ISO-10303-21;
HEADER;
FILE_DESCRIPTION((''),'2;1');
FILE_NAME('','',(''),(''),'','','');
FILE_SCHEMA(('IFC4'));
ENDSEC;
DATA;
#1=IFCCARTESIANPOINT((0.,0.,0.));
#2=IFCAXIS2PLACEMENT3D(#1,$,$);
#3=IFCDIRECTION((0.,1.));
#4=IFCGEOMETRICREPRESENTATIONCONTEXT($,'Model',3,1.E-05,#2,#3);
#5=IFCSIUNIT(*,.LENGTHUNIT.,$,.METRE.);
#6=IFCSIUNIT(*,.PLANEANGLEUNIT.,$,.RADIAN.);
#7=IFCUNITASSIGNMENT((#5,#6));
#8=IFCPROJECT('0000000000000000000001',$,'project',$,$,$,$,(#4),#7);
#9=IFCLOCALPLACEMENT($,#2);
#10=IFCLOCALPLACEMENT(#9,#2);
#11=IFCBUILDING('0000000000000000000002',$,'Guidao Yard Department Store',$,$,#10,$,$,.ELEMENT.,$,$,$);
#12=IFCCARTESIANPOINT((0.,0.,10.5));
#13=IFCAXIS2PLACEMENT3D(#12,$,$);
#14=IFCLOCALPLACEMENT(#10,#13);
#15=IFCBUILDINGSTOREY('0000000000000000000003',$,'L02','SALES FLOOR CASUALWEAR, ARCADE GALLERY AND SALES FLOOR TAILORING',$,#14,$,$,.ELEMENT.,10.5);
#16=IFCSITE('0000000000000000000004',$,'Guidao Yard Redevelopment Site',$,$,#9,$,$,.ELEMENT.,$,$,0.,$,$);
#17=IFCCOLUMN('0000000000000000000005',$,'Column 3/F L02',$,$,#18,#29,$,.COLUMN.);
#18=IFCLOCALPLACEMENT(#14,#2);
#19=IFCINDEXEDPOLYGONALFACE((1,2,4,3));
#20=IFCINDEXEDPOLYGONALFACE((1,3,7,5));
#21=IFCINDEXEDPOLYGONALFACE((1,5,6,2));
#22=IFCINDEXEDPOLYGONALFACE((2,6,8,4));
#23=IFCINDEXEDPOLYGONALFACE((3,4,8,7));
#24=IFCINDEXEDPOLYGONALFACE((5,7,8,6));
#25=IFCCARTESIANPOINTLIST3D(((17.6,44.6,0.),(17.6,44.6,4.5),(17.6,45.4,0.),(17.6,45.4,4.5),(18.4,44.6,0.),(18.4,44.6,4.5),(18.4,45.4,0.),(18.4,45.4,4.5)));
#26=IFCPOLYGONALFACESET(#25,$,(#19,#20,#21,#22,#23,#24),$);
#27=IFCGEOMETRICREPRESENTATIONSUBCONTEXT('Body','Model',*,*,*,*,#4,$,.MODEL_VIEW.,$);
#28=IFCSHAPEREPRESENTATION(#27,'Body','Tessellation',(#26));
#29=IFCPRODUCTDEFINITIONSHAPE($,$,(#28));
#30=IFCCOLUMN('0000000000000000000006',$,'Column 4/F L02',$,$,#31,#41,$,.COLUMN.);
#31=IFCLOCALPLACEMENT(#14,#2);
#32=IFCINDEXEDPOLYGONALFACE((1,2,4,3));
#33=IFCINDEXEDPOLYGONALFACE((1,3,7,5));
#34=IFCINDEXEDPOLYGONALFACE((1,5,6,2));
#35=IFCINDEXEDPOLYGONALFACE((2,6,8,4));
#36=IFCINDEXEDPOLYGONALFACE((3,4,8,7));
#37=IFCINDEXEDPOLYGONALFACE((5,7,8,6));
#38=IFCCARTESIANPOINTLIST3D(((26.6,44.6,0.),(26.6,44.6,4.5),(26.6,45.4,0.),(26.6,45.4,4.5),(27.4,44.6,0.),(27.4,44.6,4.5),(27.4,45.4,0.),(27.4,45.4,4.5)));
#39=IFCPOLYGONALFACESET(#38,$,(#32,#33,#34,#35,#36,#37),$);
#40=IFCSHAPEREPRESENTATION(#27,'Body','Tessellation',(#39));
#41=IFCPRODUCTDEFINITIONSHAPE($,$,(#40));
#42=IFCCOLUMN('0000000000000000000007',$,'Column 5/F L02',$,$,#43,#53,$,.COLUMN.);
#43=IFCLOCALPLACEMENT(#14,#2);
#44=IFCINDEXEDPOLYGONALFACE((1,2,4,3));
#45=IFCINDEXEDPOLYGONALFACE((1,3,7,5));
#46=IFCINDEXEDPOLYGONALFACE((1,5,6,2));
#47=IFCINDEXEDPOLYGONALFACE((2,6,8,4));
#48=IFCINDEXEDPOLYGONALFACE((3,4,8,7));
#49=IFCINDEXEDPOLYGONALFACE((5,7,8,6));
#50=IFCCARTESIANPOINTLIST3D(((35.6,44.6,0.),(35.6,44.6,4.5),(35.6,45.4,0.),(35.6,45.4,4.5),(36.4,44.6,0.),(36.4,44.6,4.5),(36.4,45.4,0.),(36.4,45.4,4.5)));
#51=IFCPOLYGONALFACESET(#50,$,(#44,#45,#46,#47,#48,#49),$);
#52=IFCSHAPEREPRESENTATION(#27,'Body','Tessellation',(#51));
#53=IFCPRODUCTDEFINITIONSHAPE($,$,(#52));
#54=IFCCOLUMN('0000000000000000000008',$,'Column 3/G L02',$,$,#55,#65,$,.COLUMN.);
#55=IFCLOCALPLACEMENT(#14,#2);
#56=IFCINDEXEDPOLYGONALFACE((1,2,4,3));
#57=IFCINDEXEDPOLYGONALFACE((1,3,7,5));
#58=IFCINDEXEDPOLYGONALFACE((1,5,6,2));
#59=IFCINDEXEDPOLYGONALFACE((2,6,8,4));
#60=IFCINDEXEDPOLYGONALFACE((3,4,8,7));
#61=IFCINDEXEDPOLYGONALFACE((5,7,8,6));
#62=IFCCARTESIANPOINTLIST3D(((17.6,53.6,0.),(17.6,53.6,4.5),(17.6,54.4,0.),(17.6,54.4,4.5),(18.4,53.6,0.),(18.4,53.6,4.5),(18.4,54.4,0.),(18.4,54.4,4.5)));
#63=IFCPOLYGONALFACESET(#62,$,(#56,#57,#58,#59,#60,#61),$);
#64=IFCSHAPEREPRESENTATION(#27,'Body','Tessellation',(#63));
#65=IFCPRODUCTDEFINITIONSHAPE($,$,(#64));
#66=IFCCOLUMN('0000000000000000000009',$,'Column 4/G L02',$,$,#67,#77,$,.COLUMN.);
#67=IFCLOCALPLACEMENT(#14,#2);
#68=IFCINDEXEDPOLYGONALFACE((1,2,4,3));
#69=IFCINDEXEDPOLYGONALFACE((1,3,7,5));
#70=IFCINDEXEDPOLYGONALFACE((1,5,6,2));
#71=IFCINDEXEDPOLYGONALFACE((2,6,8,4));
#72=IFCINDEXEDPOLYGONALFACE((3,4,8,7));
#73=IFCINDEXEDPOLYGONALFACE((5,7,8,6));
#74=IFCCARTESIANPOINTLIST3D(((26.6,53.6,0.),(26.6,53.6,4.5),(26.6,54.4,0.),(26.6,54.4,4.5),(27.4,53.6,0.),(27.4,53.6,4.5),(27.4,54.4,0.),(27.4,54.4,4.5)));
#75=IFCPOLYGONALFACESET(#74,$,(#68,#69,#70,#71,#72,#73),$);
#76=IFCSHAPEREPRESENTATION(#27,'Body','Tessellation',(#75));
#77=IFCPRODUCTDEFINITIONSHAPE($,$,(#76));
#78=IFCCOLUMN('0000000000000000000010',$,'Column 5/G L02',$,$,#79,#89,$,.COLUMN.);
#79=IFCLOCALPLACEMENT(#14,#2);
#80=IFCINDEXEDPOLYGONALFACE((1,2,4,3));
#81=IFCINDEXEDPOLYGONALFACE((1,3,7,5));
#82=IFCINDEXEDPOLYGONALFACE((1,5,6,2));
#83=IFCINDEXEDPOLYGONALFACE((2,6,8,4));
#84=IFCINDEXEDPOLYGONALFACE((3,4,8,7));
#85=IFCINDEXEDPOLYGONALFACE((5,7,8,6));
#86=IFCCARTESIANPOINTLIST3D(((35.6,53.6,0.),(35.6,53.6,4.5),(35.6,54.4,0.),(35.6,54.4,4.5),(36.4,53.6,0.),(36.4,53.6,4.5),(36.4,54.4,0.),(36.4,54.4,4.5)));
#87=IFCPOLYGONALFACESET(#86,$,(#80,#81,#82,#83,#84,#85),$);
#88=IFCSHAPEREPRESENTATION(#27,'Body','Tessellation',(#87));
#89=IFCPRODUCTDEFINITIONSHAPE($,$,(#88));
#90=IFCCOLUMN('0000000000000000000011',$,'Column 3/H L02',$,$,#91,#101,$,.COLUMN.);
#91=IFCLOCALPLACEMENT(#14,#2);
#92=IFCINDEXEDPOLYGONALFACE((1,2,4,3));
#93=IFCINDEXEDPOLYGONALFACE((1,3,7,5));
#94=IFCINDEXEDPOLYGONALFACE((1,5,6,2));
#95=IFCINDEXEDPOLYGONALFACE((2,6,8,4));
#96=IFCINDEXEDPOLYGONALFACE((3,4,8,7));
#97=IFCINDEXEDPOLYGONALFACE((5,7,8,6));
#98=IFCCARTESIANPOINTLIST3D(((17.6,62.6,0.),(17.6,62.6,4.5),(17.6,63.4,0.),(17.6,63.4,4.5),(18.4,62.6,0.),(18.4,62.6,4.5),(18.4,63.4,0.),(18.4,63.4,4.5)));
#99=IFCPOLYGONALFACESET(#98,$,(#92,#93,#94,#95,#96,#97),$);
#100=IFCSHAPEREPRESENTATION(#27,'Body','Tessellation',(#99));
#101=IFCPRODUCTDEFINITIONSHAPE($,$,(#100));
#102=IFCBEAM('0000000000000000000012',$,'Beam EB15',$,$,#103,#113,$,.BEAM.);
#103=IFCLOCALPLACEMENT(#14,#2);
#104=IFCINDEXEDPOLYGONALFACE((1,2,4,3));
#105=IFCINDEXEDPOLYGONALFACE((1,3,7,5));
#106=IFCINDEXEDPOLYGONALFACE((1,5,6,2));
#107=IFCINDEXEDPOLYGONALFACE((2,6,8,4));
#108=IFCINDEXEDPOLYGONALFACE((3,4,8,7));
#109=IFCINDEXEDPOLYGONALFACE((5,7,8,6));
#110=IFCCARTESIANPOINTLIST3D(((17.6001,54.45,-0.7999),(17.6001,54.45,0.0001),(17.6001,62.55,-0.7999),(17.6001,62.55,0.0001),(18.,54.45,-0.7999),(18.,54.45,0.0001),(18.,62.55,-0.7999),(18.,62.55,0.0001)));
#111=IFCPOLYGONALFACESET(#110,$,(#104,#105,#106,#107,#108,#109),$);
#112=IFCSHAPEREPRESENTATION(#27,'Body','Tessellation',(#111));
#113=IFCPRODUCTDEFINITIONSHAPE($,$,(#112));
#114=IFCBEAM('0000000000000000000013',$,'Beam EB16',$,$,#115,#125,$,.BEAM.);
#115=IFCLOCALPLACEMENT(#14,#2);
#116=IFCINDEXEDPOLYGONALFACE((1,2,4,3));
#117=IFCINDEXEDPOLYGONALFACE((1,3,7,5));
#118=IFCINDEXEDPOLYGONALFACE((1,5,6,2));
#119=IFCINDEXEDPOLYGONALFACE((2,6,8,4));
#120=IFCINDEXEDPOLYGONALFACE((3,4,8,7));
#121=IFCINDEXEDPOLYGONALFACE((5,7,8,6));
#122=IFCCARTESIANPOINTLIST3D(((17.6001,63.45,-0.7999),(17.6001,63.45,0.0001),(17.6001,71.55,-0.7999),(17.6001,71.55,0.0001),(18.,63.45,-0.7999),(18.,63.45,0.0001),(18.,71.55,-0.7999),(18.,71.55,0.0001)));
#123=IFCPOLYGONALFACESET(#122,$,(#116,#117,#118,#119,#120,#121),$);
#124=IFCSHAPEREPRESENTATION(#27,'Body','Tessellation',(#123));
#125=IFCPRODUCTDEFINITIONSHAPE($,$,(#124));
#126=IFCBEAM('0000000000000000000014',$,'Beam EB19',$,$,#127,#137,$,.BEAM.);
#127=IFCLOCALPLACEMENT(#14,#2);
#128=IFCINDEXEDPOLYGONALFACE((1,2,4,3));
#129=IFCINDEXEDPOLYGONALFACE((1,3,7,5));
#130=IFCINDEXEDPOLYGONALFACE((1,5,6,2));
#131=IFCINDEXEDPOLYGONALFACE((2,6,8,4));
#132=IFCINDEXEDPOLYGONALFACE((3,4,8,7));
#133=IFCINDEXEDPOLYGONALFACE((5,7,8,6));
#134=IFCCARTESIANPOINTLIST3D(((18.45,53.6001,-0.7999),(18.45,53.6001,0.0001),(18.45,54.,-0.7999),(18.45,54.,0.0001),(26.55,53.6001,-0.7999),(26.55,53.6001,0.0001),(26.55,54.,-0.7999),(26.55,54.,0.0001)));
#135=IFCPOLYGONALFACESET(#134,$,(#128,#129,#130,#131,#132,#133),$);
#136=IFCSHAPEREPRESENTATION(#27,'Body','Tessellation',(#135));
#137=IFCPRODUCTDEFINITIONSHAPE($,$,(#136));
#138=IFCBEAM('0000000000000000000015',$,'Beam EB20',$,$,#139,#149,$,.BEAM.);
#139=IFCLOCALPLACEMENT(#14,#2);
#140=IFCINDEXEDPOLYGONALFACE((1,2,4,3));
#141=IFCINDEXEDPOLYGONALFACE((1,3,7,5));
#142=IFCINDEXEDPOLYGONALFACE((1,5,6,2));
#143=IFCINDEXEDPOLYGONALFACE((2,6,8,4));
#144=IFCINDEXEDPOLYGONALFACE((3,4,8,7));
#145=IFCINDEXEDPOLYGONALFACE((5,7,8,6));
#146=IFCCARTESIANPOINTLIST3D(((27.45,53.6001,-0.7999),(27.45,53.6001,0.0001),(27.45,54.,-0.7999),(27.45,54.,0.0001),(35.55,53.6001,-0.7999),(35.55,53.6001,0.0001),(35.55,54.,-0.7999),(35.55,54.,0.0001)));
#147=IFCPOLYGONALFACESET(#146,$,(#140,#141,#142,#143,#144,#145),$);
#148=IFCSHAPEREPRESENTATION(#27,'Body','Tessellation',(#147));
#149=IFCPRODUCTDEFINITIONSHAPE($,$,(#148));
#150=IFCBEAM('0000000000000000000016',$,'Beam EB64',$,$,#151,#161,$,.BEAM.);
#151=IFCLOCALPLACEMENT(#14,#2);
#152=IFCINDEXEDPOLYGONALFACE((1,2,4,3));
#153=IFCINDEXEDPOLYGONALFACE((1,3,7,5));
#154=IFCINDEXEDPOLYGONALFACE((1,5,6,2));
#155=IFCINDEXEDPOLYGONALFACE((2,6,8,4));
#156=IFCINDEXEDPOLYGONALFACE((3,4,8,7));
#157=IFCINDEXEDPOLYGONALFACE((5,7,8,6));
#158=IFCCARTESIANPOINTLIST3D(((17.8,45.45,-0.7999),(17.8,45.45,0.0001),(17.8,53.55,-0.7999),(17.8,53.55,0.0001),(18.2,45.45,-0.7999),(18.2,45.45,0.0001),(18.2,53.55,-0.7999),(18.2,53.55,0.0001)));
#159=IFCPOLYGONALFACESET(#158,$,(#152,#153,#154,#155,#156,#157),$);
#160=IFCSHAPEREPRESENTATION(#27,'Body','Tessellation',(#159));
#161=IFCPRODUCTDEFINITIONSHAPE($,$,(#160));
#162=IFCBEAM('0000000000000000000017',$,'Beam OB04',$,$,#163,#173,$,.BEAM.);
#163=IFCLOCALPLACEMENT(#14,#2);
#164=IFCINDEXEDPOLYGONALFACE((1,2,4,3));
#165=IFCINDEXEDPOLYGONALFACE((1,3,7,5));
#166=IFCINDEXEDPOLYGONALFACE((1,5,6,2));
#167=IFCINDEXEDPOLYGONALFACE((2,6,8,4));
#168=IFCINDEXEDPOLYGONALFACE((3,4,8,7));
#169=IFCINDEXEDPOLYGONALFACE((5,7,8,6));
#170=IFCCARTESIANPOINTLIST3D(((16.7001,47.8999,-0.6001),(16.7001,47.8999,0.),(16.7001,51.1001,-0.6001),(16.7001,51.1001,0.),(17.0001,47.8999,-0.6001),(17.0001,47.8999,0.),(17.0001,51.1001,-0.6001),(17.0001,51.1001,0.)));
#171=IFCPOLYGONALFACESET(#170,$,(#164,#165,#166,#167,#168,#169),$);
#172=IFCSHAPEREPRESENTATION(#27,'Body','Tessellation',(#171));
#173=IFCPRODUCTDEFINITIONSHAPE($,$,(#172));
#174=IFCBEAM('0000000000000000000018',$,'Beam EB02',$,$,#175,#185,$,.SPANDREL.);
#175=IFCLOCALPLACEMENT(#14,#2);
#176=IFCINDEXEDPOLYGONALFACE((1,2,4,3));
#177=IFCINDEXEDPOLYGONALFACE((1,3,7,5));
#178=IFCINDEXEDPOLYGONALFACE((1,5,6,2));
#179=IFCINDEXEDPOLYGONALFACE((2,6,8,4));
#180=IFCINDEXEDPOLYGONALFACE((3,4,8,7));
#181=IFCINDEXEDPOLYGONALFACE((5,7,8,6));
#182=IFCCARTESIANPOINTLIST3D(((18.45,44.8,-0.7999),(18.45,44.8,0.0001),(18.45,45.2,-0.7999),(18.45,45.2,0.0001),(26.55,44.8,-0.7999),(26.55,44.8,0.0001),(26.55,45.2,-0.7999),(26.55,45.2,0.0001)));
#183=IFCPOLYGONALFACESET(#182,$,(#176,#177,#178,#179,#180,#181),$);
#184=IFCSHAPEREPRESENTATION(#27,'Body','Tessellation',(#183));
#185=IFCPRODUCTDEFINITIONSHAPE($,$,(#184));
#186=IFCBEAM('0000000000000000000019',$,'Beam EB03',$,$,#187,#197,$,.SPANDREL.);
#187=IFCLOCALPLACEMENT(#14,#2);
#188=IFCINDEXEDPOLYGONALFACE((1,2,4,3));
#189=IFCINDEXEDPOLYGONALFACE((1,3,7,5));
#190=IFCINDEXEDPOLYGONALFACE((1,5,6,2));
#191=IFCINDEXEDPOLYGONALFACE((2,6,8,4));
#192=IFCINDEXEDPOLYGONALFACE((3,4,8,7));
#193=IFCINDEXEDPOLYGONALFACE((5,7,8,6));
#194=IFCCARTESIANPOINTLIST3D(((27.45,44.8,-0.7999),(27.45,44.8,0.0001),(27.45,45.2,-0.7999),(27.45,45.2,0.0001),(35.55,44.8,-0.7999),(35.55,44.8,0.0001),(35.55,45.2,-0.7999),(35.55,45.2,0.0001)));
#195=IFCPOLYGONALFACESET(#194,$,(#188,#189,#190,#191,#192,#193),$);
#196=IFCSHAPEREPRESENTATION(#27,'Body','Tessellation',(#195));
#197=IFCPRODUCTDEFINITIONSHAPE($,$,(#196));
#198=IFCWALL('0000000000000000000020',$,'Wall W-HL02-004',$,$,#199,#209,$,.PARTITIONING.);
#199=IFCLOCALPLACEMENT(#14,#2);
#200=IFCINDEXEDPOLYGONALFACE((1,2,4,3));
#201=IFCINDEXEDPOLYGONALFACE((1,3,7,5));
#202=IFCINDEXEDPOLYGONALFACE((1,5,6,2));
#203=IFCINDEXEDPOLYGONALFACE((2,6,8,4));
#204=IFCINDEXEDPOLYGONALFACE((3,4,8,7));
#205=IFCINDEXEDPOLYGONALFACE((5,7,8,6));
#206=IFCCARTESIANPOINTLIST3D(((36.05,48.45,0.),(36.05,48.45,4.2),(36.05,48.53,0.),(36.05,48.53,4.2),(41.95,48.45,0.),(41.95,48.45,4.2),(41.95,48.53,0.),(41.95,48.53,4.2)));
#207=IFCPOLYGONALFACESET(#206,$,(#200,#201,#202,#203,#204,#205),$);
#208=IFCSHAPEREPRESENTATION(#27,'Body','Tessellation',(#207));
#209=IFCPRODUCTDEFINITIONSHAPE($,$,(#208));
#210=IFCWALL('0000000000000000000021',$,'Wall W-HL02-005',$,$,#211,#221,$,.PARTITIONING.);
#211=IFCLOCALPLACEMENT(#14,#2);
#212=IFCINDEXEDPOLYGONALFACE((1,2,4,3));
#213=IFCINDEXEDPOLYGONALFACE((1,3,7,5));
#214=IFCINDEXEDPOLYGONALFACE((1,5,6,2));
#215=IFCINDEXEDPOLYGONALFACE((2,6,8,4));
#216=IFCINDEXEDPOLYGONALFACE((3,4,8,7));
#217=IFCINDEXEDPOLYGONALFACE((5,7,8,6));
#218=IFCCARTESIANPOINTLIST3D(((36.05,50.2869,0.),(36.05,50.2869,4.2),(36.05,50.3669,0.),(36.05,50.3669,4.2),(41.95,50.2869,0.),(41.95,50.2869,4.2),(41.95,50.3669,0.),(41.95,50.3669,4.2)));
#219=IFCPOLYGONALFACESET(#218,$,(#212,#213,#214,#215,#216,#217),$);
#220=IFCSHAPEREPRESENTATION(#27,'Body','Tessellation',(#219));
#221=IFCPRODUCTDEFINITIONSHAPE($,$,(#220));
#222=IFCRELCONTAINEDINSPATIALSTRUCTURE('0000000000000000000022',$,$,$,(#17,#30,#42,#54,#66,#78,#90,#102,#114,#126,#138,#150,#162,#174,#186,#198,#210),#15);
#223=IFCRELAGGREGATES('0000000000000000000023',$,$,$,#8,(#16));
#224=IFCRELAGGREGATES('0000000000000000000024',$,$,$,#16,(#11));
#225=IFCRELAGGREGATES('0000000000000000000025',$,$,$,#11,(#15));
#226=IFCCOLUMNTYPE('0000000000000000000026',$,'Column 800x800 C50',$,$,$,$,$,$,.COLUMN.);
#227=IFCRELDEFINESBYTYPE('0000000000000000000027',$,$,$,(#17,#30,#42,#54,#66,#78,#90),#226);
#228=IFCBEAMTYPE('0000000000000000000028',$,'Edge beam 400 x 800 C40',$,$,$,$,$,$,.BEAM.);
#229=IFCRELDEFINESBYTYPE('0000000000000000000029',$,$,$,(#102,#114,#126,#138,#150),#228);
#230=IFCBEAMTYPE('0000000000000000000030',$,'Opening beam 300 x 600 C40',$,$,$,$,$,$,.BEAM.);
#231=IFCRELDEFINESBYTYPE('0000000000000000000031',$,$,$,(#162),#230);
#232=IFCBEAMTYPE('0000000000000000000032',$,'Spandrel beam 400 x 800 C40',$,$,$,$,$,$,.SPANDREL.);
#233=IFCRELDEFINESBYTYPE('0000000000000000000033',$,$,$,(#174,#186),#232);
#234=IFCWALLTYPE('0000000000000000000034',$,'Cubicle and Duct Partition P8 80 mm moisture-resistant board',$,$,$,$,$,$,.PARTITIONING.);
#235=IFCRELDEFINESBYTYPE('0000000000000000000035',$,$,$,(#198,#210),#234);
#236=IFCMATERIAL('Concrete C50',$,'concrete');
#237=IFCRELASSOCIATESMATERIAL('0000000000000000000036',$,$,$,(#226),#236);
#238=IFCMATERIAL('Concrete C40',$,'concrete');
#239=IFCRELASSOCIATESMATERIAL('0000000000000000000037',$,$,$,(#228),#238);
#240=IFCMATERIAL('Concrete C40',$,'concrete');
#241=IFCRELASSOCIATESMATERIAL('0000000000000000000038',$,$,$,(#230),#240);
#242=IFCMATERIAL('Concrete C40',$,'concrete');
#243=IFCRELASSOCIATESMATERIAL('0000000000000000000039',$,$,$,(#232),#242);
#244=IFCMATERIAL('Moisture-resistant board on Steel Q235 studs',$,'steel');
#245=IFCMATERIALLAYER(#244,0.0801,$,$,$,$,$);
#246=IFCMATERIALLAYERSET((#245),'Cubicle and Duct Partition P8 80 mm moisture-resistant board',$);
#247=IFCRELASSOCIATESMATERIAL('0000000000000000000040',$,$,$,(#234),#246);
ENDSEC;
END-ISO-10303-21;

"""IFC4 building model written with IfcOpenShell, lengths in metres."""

from ifc_helpers import new_model, si_unit, direction, frame, frame_2d, origin, origin_2d, place, context, subcontext, project, spatial, rectangle, extrude, material, layer, layer_set, material_profile, profile_set, type_object, element, save


model = new_model("IFC4")

# Units and contexts
model_context = context("Model", 3, precision=1e-05, world=origin(), true_north=direction((0.0, 1.0)))
body_context = subcontext(model_context, "Body", "Model", "MODEL_VIEW")
ifc_project = project(units=[si_unit("LENGTHUNIT", "METRE"), si_unit("PLANEANGLEUNIT", "RADIAN")], contexts=[model_context])

# Site, building, storey
site_placement = place(None, origin())
site = spatial("IfcSite", under=ifc_project, at=site_placement, Name="Guidao Yard Redevelopment Site", CompositionType="ELEMENT", RefElevation=0.0)
building_placement = place(site_placement, origin())
building = spatial("IfcBuilding", under=site, at=building_placement, Name="Guidao Yard Department Store", CompositionType="ELEMENT")
storey_placement = place(building_placement, frame((0.0, 0.0, 10.5)))
storey = spatial("IfcBuildingStorey", under=building, at=storey_placement, Name="L02", Description="SALES FLOOR CASUALWEAR, ARCADE GALLERY AND SALES FLOOR TAILORING", CompositionType="ELEMENT", Elevation=10.5)

# Columns
ifc_material_1 = material(Name="Concrete C50", Category="concrete")
ifc_material_profile_1 = material_profile(ifc_material_1, rectangle(XDim=0.8, YDim=0.8, at=origin_2d()), Name="COL 800x800")
ifc_profile_set_1 = profile_set([ifc_material_profile_1], Name="Concrete C50")
column_type = type_object("IfcColumnType", Name="Column 800x800 C50", PredefinedType="COLUMN", material=ifc_profile_set_1)
for number, where, z_axis, x_axis, name in (
    (1, (18.0, 45.0, 0.0), (0.0, 0.0, 1.0), (1.0, 0.0, 0.0), "Column 3/F L02"),
    (2, (27.0, 45.0, 0.0), (0.0, 0.0, 1.0), (1.0, 0.0, 0.0), "Column 4/F L02"),
    (3, (36.0, 45.0, 0.0), (0.0, 0.0, 1.0), (1.0, 0.0, 0.0), "Column 5/F L02"),
    (4, (18.0, 54.0, 0.0), (0.0, 0.0, 1.0), (1.0, 0.0, 0.0), "Column 3/G L02"),
    (5, (27.0, 54.0, 0.0), (0.0, 0.0, 1.0), (1.0, 0.0, 0.0), "Column 4/G L02"),
    (6, (36.0, 54.0, 0.0), (0.0, 0.0, 1.0), (1.0, 0.0, 0.0), "Column 5/G L02"),
    (7, (18.0, 63.0, 0.0), (0.0, 0.0, 1.0), (1.0, 0.0, 0.0), "Column 3/H L02"),
):
    element("IfcColumn", number, at=place(storey_placement, frame(where, z_axis=z_axis, x_axis=x_axis)), inside=storey, type_object=column_type, Name=name, PredefinedType="COLUMN", context=body_context, shape_type="SweptSolid", body=[
        extrude(rectangle(XDim=0.8, YDim=0.8, at=origin_2d()), origin(), (0.0, 0.0, 1.0), 4.5),
    ])

# Beams
ifc_material_2 = material(Name="Concrete C40", Category="concrete")
ifc_material_profile_2 = material_profile(ifc_material_2, rectangle(XDim=0.3999, YDim=0.8, at=origin_2d()), Name="Edge beam 400 x 800 C40")
ifc_profile_set_2 = profile_set([ifc_material_profile_2], Name="Concrete C40")
beam_type_1 = type_object("IfcBeamType", Name="Edge beam 400 x 800 C40", PredefinedType="BEAM", material=ifc_profile_set_2)
for number, where, z_axis, x_axis, name in (
    (8, (17.8, 54.45, -0.3999), (0.0, 1.0, 0.0), (-1.0, 0.0, 0.0), "Beam EB15"),
    (9, (17.8, 63.45, -0.3999), (0.0, 1.0, 0.0), (-1.0, 0.0, 0.0), "Beam EB16"),
    (10, (18.45, 53.8, -0.3999), (1.0, 0.0, 0.0), (0.0, 1.0, 0.0), "Beam EB19"),
    (11, (27.45, 53.8, -0.3999), (1.0, 0.0, 0.0), (0.0, 1.0, 0.0), "Beam EB20"),
    (12, (18.0, 45.45, -0.3999), (0.0, 1.0, 0.0), (-1.0, 0.0, 0.0), "Beam EB64"),
):
    element("IfcBeam", number, at=place(storey_placement, frame(where, z_axis=z_axis, x_axis=x_axis)), inside=storey, type_object=beam_type_1, Name=name, PredefinedType="BEAM", context=body_context, shape_type="SweptSolid", body=[
        extrude(rectangle(XDim=0.3999, YDim=0.8, at=origin_2d()), origin(), (0.0, 0.0, 1.0), 8.1001),
    ])
ifc_material_3 = material(Name="Concrete C40", Category="concrete")
ifc_material_profile_3 = material_profile(ifc_material_3, rectangle(XDim=0.3, YDim=0.6001, at=origin_2d()), Name="Opening beam 300 x 600 C40")
ifc_profile_set_3 = profile_set([ifc_material_profile_3], Name="Concrete C40")
beam_type_2 = type_object("IfcBeamType", Name="Opening beam 300 x 600 C40", PredefinedType="BEAM", material=ifc_profile_set_3)
beam_placement = place(storey_placement, frame((16.8501, 47.8999, -0.3), z_axis=(0.0, 1.0, 0.0), x_axis=(-1.0, 0.0, 0.0)))
element("IfcBeam", 13, at=beam_placement, inside=storey, type_object=beam_type_2, Name="Beam OB04", PredefinedType="BEAM", context=body_context, shape_type="SweptSolid", body=[
    extrude(rectangle(XDim=0.3, YDim=0.6001, at=origin_2d()), origin(), (0.0, 0.0, 1.0), 3.2002),
])
ifc_material_4 = material(Name="Concrete C40", Category="concrete")
ifc_material_profile_4 = material_profile(ifc_material_4, rectangle(XDim=0.3999, YDim=0.8, at=origin_2d()), Name="Spandrel beam 400 x 800 C40")
ifc_profile_set_4 = profile_set([ifc_material_profile_4], Name="Concrete C40")
beam_type_3 = type_object("IfcBeamType", Name="Spandrel beam 400 x 800 C40", PredefinedType="SPANDREL", material=ifc_profile_set_4)
for number, where, z_axis, x_axis, name in (
    (14, (18.45, 45.0, -0.3999), (1.0, 0.0, 0.0), (0.0, 1.0, 0.0), "Beam EB02"),
    (15, (27.45, 45.0, -0.3999), (1.0, 0.0, 0.0), (0.0, 1.0, 0.0), "Beam EB03"),
):
    element("IfcBeam", number, at=place(storey_placement, frame(where, z_axis=z_axis, x_axis=x_axis)), inside=storey, type_object=beam_type_3, Name=name, PredefinedType="SPANDREL", context=body_context, shape_type="SweptSolid", body=[
        extrude(rectangle(XDim=0.3999, YDim=0.8, at=origin_2d()), origin(), (0.0, 0.0, 1.0), 8.1001),
    ])

# Walls
ifc_material_5 = material(Name="Moisture-resistant board on Steel Q235 studs", Category="steel")
ifc_layer_1 = layer(ifc_material_5, 0.0801)
ifc_layer_set_1 = layer_set([ifc_layer_1], Name="Cubicle and Duct Partition P8 80 mm moisture-resistant board")
wall_type_1 = type_object("IfcWallType", Name="Cubicle and Duct Partition P8 80 mm moisture-resistant board", PredefinedType="PARTITIONING", material=ifc_layer_set_1)
for number, where, z_axis, x_axis, name in (
    (16, (36.05, 48.49, 0.0), (0.0, 0.0, 1.0), (1.0, 0.0, 0.0), "Wall W-HL02-004"),
    (17, (36.05, 50.3269, 0.0), (0.0, 0.0, 1.0), (1.0, 0.0, 0.0), "Wall W-HL02-005"),
):
    element("IfcWall", number, at=place(storey_placement, frame(where, z_axis=z_axis, x_axis=x_axis)), inside=storey, type_object=wall_type_1, Name=name, PredefinedType="PARTITIONING", context=body_context, shape_type="SweptSolid", body=[
        extrude(rectangle(XDim=5.8999, YDim=0.0801, at=frame_2d((2.95, 0.0))), origin(), (0.0, 0.0, 1.0), 4.2),
    ])

save(model, "model.ifc")
